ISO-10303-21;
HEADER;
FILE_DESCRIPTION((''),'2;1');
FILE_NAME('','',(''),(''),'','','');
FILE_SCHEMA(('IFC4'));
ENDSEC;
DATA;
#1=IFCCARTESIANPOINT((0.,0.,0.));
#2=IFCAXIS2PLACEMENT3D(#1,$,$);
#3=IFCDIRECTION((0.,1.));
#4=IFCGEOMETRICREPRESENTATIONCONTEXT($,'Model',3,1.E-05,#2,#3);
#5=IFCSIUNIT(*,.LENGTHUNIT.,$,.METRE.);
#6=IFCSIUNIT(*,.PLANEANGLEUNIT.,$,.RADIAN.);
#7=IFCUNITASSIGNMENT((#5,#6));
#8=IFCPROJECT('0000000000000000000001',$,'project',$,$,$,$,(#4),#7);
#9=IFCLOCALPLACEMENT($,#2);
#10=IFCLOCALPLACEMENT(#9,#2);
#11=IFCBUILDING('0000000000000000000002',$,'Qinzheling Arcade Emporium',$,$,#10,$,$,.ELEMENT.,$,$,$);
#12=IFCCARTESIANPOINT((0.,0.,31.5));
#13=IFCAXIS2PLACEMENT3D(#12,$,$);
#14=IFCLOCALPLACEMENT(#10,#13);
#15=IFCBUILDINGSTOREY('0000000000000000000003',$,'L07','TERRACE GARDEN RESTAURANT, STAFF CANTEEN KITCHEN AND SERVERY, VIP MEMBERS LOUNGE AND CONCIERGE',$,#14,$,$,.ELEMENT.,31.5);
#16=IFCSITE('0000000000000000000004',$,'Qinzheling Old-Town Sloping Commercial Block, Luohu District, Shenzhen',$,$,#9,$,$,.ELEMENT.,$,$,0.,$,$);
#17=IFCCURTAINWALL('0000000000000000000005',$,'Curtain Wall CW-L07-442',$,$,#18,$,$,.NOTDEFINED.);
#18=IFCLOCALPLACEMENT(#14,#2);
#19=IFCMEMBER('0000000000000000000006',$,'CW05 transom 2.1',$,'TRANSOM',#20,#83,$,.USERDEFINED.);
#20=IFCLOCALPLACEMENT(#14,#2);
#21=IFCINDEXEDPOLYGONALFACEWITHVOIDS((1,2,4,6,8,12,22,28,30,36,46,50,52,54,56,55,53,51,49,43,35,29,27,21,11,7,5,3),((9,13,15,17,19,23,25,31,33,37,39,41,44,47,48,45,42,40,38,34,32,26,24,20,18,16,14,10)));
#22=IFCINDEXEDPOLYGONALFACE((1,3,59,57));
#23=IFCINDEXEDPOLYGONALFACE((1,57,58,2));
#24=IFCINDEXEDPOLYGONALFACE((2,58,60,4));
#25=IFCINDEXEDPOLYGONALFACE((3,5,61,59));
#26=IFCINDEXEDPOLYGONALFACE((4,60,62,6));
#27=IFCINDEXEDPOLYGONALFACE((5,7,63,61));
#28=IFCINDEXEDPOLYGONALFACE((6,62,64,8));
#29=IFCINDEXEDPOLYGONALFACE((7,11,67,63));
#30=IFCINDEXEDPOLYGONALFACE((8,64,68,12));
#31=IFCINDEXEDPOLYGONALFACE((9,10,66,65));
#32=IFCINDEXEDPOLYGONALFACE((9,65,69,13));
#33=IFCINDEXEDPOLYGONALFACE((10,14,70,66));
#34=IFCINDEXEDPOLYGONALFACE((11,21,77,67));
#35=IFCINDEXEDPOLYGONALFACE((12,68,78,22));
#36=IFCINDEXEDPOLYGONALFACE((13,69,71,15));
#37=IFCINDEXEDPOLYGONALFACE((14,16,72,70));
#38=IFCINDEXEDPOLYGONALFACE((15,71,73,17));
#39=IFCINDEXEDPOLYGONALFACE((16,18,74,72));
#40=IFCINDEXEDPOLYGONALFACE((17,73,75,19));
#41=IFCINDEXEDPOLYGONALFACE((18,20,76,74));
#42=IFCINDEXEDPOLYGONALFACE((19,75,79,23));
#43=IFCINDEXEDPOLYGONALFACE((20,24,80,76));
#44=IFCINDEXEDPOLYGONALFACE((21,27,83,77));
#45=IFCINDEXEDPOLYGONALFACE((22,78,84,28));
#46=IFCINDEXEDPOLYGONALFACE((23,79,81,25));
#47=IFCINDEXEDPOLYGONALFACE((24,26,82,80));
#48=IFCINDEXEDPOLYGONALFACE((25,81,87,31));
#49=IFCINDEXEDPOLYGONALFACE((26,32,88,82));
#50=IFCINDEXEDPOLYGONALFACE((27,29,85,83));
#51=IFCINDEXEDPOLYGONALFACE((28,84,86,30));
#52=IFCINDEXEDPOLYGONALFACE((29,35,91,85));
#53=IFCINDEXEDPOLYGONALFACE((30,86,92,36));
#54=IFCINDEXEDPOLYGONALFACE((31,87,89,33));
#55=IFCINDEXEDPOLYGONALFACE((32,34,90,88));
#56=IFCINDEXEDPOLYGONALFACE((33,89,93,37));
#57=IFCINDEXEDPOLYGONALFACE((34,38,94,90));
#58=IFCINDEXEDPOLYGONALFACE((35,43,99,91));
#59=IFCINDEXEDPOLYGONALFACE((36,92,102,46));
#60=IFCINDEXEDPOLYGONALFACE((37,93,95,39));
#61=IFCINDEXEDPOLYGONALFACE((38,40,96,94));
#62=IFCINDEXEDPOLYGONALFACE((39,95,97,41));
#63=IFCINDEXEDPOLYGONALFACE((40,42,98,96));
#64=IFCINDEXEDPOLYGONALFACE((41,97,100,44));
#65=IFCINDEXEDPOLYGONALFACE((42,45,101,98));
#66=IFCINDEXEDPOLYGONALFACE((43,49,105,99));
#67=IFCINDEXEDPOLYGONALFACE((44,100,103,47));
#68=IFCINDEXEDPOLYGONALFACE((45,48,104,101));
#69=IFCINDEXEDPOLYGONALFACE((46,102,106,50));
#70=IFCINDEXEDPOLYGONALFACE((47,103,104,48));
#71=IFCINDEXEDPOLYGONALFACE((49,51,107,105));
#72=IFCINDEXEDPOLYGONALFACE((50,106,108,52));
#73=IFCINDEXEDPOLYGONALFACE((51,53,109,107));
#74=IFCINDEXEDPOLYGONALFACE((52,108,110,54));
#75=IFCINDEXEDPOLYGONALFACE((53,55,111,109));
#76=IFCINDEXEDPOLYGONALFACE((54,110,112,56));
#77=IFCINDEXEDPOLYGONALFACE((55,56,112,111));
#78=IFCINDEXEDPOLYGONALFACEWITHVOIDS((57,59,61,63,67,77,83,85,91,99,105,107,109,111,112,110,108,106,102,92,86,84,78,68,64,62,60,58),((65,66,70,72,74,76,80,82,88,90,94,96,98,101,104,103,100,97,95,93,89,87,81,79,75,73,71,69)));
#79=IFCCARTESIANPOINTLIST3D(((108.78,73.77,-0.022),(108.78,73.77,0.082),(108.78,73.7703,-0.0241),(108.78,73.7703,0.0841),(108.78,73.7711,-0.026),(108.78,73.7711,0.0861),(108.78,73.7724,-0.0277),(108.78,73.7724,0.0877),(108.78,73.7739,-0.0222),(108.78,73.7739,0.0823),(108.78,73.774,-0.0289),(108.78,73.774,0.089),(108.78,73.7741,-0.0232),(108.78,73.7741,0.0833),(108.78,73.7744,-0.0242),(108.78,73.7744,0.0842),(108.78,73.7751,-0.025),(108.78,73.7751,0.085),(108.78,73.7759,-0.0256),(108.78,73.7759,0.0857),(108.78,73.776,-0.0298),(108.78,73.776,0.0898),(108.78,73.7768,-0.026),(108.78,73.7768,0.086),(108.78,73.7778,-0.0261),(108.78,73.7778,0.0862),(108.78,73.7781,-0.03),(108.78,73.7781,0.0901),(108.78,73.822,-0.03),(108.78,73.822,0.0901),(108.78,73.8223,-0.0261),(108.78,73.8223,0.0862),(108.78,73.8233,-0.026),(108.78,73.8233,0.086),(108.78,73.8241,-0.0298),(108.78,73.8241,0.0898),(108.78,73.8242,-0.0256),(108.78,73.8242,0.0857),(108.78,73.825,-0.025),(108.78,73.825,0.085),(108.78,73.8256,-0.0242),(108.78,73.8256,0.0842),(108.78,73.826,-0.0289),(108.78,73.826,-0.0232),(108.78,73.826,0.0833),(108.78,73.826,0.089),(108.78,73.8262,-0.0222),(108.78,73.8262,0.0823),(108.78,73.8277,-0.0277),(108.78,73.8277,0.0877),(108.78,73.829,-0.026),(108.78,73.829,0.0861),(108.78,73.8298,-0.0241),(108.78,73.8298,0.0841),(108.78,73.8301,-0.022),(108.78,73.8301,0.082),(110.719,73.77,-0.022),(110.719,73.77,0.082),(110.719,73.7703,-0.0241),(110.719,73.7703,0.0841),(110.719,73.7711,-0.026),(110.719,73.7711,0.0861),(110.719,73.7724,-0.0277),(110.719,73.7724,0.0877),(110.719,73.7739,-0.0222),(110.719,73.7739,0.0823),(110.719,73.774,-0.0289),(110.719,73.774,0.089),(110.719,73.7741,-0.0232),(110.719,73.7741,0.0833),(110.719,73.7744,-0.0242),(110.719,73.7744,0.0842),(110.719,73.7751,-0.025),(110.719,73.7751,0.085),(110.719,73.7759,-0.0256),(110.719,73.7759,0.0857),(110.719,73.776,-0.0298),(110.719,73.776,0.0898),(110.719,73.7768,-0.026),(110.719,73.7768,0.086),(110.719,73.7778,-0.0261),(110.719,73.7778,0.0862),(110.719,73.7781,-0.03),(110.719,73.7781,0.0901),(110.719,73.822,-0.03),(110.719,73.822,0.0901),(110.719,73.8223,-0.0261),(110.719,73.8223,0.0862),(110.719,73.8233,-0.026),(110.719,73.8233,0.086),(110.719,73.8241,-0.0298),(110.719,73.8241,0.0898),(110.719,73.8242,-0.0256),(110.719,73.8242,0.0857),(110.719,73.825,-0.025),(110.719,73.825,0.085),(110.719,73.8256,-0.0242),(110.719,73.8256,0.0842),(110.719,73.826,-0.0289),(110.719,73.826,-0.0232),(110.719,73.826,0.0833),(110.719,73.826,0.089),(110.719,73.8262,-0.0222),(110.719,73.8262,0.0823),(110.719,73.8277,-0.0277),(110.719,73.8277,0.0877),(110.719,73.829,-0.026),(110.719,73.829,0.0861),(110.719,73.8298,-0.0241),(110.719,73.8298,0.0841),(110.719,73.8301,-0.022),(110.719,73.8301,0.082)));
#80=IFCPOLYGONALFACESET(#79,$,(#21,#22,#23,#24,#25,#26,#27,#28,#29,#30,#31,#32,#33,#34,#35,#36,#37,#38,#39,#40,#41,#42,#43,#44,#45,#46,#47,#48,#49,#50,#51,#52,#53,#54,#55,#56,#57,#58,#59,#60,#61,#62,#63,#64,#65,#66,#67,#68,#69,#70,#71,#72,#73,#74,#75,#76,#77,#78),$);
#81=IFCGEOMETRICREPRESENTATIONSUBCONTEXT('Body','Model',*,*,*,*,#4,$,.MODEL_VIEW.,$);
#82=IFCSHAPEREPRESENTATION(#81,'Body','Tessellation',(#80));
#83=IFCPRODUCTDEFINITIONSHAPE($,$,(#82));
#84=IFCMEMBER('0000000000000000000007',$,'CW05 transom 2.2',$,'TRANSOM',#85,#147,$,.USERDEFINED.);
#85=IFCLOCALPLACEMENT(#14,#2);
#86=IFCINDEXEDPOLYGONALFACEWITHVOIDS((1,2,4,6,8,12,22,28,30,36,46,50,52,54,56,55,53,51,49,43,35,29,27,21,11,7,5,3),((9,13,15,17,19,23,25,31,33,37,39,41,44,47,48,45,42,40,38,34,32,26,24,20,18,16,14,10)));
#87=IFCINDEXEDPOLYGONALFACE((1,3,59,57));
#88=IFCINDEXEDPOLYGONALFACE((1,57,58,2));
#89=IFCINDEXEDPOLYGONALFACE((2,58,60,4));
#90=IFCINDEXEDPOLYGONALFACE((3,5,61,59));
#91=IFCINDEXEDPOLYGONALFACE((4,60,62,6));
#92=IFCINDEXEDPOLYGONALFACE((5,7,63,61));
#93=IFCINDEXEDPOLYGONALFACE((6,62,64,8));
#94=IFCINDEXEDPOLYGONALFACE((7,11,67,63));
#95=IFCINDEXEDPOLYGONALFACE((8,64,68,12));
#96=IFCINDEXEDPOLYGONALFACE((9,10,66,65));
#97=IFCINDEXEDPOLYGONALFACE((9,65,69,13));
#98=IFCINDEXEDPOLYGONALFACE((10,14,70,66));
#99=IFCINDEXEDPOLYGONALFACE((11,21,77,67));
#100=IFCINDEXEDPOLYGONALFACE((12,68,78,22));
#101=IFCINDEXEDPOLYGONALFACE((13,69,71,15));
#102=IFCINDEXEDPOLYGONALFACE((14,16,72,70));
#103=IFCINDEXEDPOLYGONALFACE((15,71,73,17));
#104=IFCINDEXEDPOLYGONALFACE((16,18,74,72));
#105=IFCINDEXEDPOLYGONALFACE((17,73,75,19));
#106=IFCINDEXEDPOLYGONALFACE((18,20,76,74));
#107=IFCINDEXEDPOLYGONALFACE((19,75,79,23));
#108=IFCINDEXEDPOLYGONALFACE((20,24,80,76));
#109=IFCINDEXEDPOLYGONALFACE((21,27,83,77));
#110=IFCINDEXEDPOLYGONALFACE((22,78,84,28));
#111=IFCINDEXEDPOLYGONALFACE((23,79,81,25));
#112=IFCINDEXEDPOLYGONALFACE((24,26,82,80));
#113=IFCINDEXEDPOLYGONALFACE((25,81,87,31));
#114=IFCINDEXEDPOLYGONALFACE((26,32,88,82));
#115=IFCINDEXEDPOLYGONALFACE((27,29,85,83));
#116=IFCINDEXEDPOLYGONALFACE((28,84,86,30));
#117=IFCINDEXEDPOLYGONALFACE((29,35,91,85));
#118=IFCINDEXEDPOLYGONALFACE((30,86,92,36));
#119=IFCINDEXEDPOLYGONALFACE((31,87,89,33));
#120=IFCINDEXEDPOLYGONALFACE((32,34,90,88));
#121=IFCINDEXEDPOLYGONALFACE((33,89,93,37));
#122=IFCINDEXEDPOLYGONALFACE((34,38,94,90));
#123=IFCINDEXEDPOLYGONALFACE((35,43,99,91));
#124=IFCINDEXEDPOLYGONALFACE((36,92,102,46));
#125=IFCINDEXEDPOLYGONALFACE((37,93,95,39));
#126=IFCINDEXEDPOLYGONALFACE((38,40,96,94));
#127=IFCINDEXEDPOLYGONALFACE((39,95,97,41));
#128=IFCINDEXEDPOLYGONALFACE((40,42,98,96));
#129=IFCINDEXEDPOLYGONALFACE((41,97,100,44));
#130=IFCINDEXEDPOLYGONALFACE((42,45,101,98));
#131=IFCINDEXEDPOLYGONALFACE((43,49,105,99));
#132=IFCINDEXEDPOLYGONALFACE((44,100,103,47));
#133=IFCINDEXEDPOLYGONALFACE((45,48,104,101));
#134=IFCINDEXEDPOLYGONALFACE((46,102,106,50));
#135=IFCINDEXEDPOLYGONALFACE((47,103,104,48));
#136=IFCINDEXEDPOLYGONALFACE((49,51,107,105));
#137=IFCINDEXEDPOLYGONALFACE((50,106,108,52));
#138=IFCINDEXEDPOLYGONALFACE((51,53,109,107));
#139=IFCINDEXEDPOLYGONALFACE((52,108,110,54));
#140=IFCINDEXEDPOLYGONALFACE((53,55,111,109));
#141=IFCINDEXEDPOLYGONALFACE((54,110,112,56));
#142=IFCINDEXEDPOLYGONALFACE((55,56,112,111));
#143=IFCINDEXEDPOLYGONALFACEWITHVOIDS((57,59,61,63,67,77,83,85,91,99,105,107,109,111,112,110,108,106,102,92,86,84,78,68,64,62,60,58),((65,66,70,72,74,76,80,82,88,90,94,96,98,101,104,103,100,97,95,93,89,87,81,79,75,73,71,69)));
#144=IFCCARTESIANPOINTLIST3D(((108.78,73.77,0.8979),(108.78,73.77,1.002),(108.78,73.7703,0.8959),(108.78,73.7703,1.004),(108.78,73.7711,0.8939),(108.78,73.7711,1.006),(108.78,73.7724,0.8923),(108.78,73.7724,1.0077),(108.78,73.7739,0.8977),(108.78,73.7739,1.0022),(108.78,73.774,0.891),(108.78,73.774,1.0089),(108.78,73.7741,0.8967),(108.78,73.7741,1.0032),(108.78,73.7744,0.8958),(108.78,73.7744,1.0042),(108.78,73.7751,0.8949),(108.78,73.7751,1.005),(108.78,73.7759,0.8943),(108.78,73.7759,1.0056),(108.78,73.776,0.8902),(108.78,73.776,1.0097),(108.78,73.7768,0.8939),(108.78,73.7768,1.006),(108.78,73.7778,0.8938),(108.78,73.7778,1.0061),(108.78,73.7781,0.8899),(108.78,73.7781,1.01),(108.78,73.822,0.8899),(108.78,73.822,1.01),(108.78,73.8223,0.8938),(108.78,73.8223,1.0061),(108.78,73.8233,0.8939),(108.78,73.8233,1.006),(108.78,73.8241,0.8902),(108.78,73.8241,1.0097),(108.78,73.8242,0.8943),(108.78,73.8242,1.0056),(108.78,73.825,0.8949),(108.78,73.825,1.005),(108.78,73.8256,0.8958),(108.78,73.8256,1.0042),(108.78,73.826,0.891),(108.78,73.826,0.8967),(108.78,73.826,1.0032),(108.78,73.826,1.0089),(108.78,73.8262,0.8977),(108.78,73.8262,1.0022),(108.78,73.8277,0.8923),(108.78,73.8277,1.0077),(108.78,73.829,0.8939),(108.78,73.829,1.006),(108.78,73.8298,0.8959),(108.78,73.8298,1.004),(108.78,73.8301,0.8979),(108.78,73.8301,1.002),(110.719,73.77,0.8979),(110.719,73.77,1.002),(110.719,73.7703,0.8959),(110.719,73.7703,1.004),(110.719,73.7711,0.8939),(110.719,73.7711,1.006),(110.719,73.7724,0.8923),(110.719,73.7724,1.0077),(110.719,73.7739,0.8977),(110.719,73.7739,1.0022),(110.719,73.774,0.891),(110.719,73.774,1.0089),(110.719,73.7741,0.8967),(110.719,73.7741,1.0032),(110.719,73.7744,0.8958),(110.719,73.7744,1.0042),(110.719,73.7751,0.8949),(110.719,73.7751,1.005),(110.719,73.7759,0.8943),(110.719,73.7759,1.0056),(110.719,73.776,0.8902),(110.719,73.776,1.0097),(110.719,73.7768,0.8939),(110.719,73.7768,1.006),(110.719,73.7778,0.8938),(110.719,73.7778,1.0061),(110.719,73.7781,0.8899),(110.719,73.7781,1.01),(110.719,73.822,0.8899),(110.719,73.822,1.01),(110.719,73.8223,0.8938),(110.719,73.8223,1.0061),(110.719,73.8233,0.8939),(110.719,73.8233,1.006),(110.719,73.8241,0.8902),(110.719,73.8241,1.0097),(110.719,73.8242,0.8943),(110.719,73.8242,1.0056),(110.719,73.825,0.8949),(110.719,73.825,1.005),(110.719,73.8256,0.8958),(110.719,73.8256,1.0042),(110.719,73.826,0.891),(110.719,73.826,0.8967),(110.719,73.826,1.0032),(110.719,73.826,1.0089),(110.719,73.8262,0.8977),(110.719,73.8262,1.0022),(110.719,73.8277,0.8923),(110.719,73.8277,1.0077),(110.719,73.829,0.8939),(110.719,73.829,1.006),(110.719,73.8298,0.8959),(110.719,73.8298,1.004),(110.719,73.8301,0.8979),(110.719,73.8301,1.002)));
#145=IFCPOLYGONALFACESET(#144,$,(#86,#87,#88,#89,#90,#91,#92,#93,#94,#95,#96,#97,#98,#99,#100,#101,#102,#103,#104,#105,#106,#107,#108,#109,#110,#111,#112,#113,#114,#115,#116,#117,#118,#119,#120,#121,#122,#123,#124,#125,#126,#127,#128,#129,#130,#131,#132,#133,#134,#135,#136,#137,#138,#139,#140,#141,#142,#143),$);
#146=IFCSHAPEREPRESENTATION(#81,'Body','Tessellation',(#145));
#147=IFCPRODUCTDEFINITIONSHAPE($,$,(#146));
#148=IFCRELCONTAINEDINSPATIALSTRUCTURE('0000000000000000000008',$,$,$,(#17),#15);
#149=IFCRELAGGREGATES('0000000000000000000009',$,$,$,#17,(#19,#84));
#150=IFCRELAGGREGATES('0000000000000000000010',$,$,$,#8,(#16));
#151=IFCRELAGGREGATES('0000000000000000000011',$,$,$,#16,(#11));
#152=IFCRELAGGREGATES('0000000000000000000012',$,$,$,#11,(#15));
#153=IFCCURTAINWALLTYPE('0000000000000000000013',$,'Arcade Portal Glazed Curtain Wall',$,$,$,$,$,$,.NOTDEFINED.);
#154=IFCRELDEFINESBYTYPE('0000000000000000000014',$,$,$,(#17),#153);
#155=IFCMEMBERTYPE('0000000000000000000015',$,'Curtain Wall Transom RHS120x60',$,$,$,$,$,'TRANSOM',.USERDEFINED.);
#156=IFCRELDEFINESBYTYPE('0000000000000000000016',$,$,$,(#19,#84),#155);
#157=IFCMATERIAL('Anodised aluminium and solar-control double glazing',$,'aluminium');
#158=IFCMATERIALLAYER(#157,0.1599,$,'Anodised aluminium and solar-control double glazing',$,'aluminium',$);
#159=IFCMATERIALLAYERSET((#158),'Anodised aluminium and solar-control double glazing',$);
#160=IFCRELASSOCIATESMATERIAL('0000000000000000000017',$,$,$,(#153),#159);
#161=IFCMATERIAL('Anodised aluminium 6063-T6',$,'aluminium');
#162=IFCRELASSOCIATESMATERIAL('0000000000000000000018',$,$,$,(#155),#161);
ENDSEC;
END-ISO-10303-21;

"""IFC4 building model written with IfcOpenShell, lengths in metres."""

from ifc_helpers import new_model, si_unit, direction, frame, origin, origin_2d, place, context, subcontext, project, spatial, hollow_rectangle, extrude, material, layer, layer_set, material_profile, profile_set, type_object, element, aggregate, save


model = new_model("IFC4")

# Units and contexts
model_context = context("Model", 3, precision=1e-05, world=origin(), true_north=direction((0.0, 1.0)))
body_context = subcontext(model_context, "Body", "Model", "MODEL_VIEW")
ifc_project = project(units=[si_unit("LENGTHUNIT", "METRE"), si_unit("PLANEANGLEUNIT", "RADIAN")], contexts=[model_context])

# Site, building, storey
site_placement = place(None, origin())
site = spatial("IfcSite", under=ifc_project, at=site_placement, Name="Qinzheling Old-Town Sloping Commercial Block, Luohu District, Shenzhen", CompositionType="ELEMENT", RefElevation=0.0)
building_placement = place(site_placement, origin())
building = spatial("IfcBuilding", under=site, at=building_placement, Name="Qinzheling Arcade Emporium", CompositionType="ELEMENT")
storey_placement = place(building_placement, frame((0.0, 0.0, 31.5)))
storey = spatial("IfcBuildingStorey", under=building, at=storey_placement, Name="L07", Description="TERRACE GARDEN RESTAURANT, STAFF CANTEEN KITCHEN AND SERVERY, VIP MEMBERS LOUNGE AND CONCIERGE", CompositionType="ELEMENT", Elevation=31.5)

# Shared definitions
ifc_material_1 = material(Name="Anodised aluminium and solar-control double glazing", Category="aluminium")
ifc_layer_1 = layer(ifc_material_1, 0.1599, Name="Anodised aluminium and solar-control double glazing", Category="aluminium")
ifc_layer_set_1 = layer_set([ifc_layer_1], Name="Anodised aluminium and solar-control double glazing")
curtain_wall_type = type_object("IfcCurtainWallType", Name="Arcade Portal Glazed Curtain Wall", PredefinedType="NOTDEFINED", material=ifc_layer_set_1)
ifc_material_2 = material(Name="Anodised aluminium 6063-T6", Category="aluminium")

# Curtain wall, members
curtain_wall_1_placement = place(storey_placement, origin())
curtain_wall_1 = element("IfcCurtainWall", 1, at=curtain_wall_1_placement, inside=storey, type_object=curtain_wall_type, Name="Curtain Wall CW-L07-442", PredefinedType="NOTDEFINED")
ifc_material_profile_1 = material_profile(ifc_material_2, hollow_rectangle(XDim=0.0601, YDim=0.1201, WallThickness=0.0039, InnerFilletRadius=0.0039, OuterFilletRadius=0.0081, at=origin_2d()), Name="RHS 120x60x4", Category="aluminium")
ifc_profile_set_1 = profile_set([ifc_material_profile_1], Name="Anodised aluminium 6063-T6")
member_type_1 = type_object("IfcMemberType", Name="Curtain Wall Transom RHS120x60", ElementType="TRANSOM", PredefinedType="USERDEFINED", material=ifc_profile_set_1)
member_1_placement = place(storey_placement, frame((110.719, 73.8, 0.03), z_axis=(-1.0, 0.0, 0.0), x_axis=(0.0, -1.0, 0.0)))
member_1 = element("IfcMember", 2, at=member_1_placement, type_object=member_type_1, Name="CW05 transom 2.1", ObjectType="TRANSOM", PredefinedType="USERDEFINED", context=body_context, shape_type="SweptSolid", body=[
    extrude(hollow_rectangle(XDim=0.0601, YDim=0.1201, WallThickness=0.0039, InnerFilletRadius=0.0039, OuterFilletRadius=0.0081, at=origin_2d()), origin(), (0.0, 0.0, 1.0), 1.939),
])
member_2_placement = place(storey_placement, frame((110.719, 73.8, 0.95), z_axis=(-1.0, 0.0, 0.0), x_axis=(0.0, -1.0, 0.0)))
member_2 = element("IfcMember", 3, at=member_2_placement, type_object=member_type_1, Name="CW05 transom 2.2", ObjectType="TRANSOM", PredefinedType="USERDEFINED", context=body_context, shape_type="SweptSolid", body=[
    extrude(hollow_rectangle(XDim=0.0601, YDim=0.1201, WallThickness=0.0039, InnerFilletRadius=0.0039, OuterFilletRadius=0.0081, at=origin_2d()), origin(), (0.0, 0.0, 1.0), 1.939),
])

aggregate(curtain_wall_1, [member_1, member_2])

save(model, "model.ifc")
